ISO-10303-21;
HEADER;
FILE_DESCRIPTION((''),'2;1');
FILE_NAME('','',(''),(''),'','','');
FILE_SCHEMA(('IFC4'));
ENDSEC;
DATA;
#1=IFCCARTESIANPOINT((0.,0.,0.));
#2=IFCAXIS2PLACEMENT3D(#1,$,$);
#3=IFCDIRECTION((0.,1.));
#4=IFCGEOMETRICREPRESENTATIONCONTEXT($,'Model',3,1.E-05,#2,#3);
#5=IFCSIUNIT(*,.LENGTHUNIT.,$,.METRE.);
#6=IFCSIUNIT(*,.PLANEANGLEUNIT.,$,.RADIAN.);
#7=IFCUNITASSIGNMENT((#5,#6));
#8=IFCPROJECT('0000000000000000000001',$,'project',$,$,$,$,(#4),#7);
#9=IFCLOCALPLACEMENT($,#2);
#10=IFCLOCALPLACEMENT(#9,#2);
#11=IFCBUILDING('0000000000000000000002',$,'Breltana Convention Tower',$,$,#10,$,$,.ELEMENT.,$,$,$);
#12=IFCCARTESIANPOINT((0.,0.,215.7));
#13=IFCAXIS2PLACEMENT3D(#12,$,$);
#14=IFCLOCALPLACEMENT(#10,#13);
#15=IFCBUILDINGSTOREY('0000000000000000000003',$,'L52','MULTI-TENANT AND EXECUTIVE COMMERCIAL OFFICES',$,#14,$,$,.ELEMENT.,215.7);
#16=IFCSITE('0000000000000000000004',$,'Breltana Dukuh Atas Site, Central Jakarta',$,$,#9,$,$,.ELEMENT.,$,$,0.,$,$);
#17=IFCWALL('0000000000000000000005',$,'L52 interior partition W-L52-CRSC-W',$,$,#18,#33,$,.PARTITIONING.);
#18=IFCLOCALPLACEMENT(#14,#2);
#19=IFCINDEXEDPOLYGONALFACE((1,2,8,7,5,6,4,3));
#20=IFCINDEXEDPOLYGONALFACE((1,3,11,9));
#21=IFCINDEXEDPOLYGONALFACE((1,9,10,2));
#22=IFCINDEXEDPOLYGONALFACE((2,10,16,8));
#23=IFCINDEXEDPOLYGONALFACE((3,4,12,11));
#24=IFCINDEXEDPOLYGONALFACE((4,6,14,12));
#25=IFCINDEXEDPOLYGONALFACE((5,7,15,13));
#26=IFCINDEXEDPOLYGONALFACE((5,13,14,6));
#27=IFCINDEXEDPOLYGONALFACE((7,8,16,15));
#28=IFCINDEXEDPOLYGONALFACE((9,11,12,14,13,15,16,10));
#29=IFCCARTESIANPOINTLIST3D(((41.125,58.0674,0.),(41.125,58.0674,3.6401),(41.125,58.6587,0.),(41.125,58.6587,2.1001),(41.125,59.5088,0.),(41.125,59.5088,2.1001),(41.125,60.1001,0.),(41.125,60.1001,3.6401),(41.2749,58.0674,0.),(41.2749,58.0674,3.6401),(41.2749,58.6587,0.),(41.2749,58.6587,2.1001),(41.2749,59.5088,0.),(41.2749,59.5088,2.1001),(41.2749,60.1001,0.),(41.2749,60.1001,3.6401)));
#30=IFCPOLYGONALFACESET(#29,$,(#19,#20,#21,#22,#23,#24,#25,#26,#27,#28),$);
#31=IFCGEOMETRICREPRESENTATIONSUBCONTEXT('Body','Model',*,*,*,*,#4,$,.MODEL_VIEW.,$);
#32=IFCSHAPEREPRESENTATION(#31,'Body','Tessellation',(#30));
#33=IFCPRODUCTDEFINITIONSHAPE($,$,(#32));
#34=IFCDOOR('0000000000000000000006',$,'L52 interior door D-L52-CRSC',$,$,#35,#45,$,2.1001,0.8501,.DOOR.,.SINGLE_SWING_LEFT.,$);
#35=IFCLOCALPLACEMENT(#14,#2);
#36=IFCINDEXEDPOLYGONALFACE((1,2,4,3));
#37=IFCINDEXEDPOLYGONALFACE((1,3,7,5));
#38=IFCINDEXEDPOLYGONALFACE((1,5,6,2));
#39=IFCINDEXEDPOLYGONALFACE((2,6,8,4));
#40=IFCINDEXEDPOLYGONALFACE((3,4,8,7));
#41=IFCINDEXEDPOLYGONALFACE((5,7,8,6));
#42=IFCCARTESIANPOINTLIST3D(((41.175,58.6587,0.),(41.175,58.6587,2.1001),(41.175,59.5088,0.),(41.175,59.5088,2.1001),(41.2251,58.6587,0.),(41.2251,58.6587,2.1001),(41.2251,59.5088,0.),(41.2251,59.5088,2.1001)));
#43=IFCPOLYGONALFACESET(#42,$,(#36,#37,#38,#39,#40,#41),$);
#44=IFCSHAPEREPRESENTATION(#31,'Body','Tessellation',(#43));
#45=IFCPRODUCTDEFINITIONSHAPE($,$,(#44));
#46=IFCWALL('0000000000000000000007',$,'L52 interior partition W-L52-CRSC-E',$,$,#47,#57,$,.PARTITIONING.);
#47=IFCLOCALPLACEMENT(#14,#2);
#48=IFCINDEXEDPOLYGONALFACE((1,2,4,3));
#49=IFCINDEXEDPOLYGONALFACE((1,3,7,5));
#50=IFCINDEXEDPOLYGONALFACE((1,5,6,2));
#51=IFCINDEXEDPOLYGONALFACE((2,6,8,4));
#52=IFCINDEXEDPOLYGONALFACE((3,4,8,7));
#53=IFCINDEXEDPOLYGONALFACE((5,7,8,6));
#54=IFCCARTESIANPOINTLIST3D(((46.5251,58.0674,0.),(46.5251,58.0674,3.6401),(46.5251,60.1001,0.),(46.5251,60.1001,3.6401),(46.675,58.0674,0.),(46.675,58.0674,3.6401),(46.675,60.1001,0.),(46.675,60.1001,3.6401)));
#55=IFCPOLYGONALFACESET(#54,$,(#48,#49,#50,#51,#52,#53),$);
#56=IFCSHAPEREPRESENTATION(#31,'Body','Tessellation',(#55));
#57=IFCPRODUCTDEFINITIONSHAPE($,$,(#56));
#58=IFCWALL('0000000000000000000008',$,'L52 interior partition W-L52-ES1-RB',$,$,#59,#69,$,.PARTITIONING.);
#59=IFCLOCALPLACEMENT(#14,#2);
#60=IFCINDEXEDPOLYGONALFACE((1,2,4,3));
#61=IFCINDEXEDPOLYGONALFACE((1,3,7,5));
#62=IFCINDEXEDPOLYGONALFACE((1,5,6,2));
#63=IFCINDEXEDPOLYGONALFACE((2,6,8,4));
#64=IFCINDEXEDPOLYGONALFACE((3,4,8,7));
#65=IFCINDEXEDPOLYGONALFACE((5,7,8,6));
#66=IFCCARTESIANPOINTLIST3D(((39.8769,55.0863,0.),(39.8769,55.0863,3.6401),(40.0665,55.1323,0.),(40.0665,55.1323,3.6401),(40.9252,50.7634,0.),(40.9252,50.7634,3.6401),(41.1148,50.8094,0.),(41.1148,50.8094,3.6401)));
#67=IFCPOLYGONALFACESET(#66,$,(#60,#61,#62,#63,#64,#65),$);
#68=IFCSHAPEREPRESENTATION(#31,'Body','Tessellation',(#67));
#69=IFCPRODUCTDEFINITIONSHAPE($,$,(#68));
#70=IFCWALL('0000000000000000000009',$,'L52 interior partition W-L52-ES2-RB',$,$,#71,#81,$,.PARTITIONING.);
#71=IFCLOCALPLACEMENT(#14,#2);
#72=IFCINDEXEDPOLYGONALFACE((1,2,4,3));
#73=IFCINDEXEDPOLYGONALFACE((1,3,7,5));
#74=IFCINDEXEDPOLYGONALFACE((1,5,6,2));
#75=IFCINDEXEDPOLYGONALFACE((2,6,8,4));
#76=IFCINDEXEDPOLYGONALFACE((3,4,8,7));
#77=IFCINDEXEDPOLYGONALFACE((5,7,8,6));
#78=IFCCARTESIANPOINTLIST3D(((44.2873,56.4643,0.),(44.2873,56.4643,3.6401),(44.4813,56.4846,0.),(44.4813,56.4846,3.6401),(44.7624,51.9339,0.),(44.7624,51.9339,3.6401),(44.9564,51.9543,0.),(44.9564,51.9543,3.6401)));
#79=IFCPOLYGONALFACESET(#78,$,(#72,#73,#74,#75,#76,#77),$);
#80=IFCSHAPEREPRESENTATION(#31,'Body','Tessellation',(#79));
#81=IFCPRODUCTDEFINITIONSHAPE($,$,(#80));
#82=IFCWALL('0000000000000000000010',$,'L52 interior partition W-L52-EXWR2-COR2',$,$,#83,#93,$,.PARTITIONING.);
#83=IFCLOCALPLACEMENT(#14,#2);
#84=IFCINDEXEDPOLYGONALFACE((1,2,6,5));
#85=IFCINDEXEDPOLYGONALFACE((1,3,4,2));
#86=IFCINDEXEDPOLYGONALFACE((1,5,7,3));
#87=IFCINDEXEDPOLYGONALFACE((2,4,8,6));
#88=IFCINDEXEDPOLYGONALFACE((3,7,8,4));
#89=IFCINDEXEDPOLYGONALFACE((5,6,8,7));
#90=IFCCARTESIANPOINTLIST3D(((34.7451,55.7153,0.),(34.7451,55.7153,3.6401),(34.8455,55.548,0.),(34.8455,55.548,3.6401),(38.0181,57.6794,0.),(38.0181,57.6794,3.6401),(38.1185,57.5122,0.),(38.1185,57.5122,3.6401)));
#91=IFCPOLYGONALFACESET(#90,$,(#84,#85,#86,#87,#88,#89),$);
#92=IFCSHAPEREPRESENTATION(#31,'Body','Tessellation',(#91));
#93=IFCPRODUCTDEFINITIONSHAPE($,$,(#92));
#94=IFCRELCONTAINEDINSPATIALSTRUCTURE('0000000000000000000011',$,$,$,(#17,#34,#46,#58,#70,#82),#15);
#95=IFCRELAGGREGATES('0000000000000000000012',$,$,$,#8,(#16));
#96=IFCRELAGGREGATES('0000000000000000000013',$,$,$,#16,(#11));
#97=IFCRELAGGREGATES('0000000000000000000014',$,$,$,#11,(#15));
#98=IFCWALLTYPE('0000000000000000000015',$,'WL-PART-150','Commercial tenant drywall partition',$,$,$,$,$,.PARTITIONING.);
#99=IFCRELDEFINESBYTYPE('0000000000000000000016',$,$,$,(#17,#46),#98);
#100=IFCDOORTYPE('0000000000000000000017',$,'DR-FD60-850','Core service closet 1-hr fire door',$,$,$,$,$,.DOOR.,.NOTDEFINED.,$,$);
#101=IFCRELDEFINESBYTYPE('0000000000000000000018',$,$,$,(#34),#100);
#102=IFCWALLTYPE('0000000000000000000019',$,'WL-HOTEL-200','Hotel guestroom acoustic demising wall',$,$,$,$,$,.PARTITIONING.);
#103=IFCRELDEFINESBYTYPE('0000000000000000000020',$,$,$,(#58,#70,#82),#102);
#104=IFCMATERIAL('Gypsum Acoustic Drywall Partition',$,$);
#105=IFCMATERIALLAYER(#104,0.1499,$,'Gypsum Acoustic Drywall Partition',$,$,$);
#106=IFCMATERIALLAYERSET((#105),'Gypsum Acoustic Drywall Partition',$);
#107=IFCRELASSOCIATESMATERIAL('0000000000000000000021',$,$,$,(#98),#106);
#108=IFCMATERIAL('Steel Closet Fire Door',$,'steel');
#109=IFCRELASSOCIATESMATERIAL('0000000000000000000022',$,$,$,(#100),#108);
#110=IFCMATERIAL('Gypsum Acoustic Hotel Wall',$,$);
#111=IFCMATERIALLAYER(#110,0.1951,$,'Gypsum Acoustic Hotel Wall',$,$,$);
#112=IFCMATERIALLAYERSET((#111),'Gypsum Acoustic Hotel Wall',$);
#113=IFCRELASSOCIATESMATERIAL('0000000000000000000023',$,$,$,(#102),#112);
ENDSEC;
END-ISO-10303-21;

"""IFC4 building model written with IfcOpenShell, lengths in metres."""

from ifc_helpers import new_model, si_unit, direction, frame, frame_2d, origin, place, context, subcontext, project, spatial, rectangle, extrude, source, transform, mapped, material, layer, layer_set, type_object, type_shapes, element, fill, save


model = new_model("IFC4")

# Units and contexts
model_context = context("Model", 3, precision=1e-05, world=origin(), true_north=direction((0.0, 1.0)))
body_context = subcontext(model_context, "Body", "Model", "MODEL_VIEW")
ifc_project = project(units=[si_unit("LENGTHUNIT", "METRE"), si_unit("PLANEANGLEUNIT", "RADIAN")], contexts=[model_context])

# Site, building, storey
site_placement = place(None, origin())
site = spatial("IfcSite", under=ifc_project, at=site_placement, Name="Breltana Dukuh Atas Site, Central Jakarta", CompositionType="ELEMENT", RefElevation=0.0)
building_placement = place(site_placement, origin())
building = spatial("IfcBuilding", under=site, at=building_placement, Name="Breltana Convention Tower", CompositionType="ELEMENT")
storey_placement = place(building_placement, frame((0.0, 0.0, 215.7)))
storey = spatial("IfcBuildingStorey", under=building, at=storey_placement, Name="L52", Description="MULTI-TENANT AND EXECUTIVE COMMERCIAL OFFICES", CompositionType="ELEMENT", Elevation=215.7)

# Shared definitions
ifc_material_1 = material(Name="Gypsum Acoustic Drywall Partition")
ifc_layer_1 = layer(ifc_material_1, 0.1499, Name="Gypsum Acoustic Drywall Partition")
ifc_layer_set_1 = layer_set([ifc_layer_1], Name="Gypsum Acoustic Drywall Partition")
wall_type_1 = type_object("IfcWallType", Name="WL-PART-150", Description="Commercial tenant drywall partition", PredefinedType="PARTITIONING", material=ifc_layer_set_1)

# Wall, opening, door
shared_shape_1 = source(origin(), body_context, "Body", "SweptSolid", [
    extrude(rectangle(XDim=2.0327, YDim=0.1499, at=frame_2d((1.0164, 0.0))), origin(), (0.0, 0.0, 1.0), 3.6401),
])
wall_1_placement = place(storey_placement, frame((41.2, 58.0674, 0.0), z_axis=(0.0, 0.0, 1.0), x_axis=(0.0, 1.0, 0.0)))
wall_1 = element("IfcWall", 1, at=wall_1_placement, inside=storey, type_object=wall_type_1, Name="L52 interior partition W-L52-CRSC-W", PredefinedType="PARTITIONING", context=body_context, shape_type="MappedRepresentation", body=[
    mapped(shared_shape_1, transform((0.0, 0.0, 0.0), scale=1.0)),
])
opening_1_placement = place(wall_1_placement, frame((0.5913, 0.0, 0.0)))
opening_1 = element("IfcOpeningElement", 2, at=opening_1_placement, cuts=wall_1, PredefinedType="OPENING", context=body_context, shape_type="SweptSolid", body=[
    extrude(rectangle(XDim=0.8501, YDim=2.1001, at=frame_2d((0.425, 1.05))), frame((0.0, 0.085, 0.0), z_axis=(0.0, -1.0, 0.0), x_axis=(1.0, 0.0, 0.0)), (0.0, 0.0, 1.0), 0.1699),
])
ifc_material_2 = material(Name="Steel Closet Fire Door", Category="steel")
door_type_1 = type_object("IfcDoorType", Name="DR-FD60-850", Description="Core service closet 1-hr fire door", OperationType="NOTDEFINED", PredefinedType="DOOR", material=ifc_material_2)
shared_shape_2 = source(origin(), body_context, "Body", "SweptSolid", [
    extrude(rectangle(XDim=0.8501, YDim=2.1001, at=frame_2d((0.425, 1.05))), frame((0.0, 0.0249, 0.0), z_axis=(0.0, -1.0, 0.0), x_axis=(1.0, 0.0, 0.0)), (0.0, 0.0, 1.0), 0.05),
])
type_shapes(door_type_1, [shared_shape_2])
door_1_placement = place(opening_1_placement, origin())
door_1 = element("IfcDoor", 3, at=door_1_placement, inside=storey, type_object=door_type_1, Name="L52 interior door D-L52-CRSC", OperationType="SINGLE_SWING_LEFT", OverallHeight=2.1001, OverallWidth=0.8501, PredefinedType="DOOR", context=body_context, shape_type="MappedRepresentation", body=[
    mapped(shared_shape_2, transform((0.0, 0.0, 0.0), scale=1.0)),
])
fill(opening_1, door_1)

# Wall
wall_2_placement = place(storey_placement, frame((46.6001, 58.0674, 0.0), z_axis=(0.0, 0.0, 1.0), x_axis=(0.0, 1.0, 0.0)))
element("IfcWall", 4, at=wall_2_placement, inside=storey, type_object=wall_type_1, Name="L52 interior partition W-L52-CRSC-E", PredefinedType="PARTITIONING", context=body_context, shape_type="MappedRepresentation", body=[
    mapped(shared_shape_1, transform((0.0, 0.0, 0.0), scale=1.0)),
])

# Shared definitions
ifc_material_3 = material(Name="Gypsum Acoustic Hotel Wall")
ifc_layer_2 = layer(ifc_material_3, 0.1951, Name="Gypsum Acoustic Hotel Wall")
ifc_layer_set_2 = layer_set([ifc_layer_2], Name="Gypsum Acoustic Hotel Wall")
wall_type_2 = type_object("IfcWallType", Name="WL-HOTEL-200", Description="Hotel guestroom acoustic demising wall", PredefinedType="PARTITIONING", material=ifc_layer_set_2)

# Wall
shared_shape_3 = source(origin(), body_context, "Body", "SweptSolid", [
    extrude(rectangle(XDim=4.4482, YDim=0.1951, at=frame_2d((2.2241, 0.0))), origin(), (0.0, 0.0, 1.0), 3.6401),
])
wall_3_placement = place(storey_placement, frame((41.02, 50.7864, 0.0), z_axis=(0.0, 0.0, 1.0), x_axis=(-0.235672, 0.971833, 0.0)))
element("IfcWall", 5, at=wall_3_placement, inside=storey, type_object=wall_type_2, Name="L52 interior partition W-L52-ES1-RB", PredefinedType="PARTITIONING", context=body_context, shape_type="MappedRepresentation", body=[
    mapped(shared_shape_3, transform((0.0, 0.0, 0.0), scale=1.0)),
])

# Wall
shared_shape_4 = source(origin(), body_context, "Body", "SweptSolid", [
    extrude(rectangle(XDim=4.5552, YDim=0.1951, at=frame_2d((2.2776, 0.0))), origin(), (0.0, 0.0, 1.0), 3.6401),
])
wall_4_placement = place(storey_placement, frame((44.8594, 51.9441, 0.0), z_axis=(0.0, 0.0, 1.0), x_axis=(-0.1043, 0.994546, 0.0)))
element("IfcWall", 6, at=wall_4_placement, inside=storey, type_object=wall_type_2, Name="L52 interior partition W-L52-ES2-RB", PredefinedType="PARTITIONING", context=body_context, shape_type="MappedRepresentation", body=[
    mapped(shared_shape_4, transform((0.0, 0.0, 0.0), scale=1.0)),
])

# Wall
shared_shape_5 = source(origin(), body_context, "Body", "SweptSolid", [
    extrude(rectangle(XDim=3.8171, YDim=0.1951, at=frame_2d((1.9087, 0.0))), origin(), (0.0, 0.0, 1.0), 3.6401),
])
wall_5_placement = place(storey_placement, frame((34.7952, 55.6316, 0.0), z_axis=(0.0, 0.0, 1.0), x_axis=(0.857453, 0.514562, 0.0)))
element("IfcWall", 7, at=wall_5_placement, inside=storey, type_object=wall_type_2, Name="L52 interior partition W-L52-EXWR2-COR2", PredefinedType="PARTITIONING", context=body_context, shape_type="MappedRepresentation", body=[
    mapped(shared_shape_5, transform((0.0, 0.0, 0.0), scale=1.0)),
])

save(model, "model.ifc")
